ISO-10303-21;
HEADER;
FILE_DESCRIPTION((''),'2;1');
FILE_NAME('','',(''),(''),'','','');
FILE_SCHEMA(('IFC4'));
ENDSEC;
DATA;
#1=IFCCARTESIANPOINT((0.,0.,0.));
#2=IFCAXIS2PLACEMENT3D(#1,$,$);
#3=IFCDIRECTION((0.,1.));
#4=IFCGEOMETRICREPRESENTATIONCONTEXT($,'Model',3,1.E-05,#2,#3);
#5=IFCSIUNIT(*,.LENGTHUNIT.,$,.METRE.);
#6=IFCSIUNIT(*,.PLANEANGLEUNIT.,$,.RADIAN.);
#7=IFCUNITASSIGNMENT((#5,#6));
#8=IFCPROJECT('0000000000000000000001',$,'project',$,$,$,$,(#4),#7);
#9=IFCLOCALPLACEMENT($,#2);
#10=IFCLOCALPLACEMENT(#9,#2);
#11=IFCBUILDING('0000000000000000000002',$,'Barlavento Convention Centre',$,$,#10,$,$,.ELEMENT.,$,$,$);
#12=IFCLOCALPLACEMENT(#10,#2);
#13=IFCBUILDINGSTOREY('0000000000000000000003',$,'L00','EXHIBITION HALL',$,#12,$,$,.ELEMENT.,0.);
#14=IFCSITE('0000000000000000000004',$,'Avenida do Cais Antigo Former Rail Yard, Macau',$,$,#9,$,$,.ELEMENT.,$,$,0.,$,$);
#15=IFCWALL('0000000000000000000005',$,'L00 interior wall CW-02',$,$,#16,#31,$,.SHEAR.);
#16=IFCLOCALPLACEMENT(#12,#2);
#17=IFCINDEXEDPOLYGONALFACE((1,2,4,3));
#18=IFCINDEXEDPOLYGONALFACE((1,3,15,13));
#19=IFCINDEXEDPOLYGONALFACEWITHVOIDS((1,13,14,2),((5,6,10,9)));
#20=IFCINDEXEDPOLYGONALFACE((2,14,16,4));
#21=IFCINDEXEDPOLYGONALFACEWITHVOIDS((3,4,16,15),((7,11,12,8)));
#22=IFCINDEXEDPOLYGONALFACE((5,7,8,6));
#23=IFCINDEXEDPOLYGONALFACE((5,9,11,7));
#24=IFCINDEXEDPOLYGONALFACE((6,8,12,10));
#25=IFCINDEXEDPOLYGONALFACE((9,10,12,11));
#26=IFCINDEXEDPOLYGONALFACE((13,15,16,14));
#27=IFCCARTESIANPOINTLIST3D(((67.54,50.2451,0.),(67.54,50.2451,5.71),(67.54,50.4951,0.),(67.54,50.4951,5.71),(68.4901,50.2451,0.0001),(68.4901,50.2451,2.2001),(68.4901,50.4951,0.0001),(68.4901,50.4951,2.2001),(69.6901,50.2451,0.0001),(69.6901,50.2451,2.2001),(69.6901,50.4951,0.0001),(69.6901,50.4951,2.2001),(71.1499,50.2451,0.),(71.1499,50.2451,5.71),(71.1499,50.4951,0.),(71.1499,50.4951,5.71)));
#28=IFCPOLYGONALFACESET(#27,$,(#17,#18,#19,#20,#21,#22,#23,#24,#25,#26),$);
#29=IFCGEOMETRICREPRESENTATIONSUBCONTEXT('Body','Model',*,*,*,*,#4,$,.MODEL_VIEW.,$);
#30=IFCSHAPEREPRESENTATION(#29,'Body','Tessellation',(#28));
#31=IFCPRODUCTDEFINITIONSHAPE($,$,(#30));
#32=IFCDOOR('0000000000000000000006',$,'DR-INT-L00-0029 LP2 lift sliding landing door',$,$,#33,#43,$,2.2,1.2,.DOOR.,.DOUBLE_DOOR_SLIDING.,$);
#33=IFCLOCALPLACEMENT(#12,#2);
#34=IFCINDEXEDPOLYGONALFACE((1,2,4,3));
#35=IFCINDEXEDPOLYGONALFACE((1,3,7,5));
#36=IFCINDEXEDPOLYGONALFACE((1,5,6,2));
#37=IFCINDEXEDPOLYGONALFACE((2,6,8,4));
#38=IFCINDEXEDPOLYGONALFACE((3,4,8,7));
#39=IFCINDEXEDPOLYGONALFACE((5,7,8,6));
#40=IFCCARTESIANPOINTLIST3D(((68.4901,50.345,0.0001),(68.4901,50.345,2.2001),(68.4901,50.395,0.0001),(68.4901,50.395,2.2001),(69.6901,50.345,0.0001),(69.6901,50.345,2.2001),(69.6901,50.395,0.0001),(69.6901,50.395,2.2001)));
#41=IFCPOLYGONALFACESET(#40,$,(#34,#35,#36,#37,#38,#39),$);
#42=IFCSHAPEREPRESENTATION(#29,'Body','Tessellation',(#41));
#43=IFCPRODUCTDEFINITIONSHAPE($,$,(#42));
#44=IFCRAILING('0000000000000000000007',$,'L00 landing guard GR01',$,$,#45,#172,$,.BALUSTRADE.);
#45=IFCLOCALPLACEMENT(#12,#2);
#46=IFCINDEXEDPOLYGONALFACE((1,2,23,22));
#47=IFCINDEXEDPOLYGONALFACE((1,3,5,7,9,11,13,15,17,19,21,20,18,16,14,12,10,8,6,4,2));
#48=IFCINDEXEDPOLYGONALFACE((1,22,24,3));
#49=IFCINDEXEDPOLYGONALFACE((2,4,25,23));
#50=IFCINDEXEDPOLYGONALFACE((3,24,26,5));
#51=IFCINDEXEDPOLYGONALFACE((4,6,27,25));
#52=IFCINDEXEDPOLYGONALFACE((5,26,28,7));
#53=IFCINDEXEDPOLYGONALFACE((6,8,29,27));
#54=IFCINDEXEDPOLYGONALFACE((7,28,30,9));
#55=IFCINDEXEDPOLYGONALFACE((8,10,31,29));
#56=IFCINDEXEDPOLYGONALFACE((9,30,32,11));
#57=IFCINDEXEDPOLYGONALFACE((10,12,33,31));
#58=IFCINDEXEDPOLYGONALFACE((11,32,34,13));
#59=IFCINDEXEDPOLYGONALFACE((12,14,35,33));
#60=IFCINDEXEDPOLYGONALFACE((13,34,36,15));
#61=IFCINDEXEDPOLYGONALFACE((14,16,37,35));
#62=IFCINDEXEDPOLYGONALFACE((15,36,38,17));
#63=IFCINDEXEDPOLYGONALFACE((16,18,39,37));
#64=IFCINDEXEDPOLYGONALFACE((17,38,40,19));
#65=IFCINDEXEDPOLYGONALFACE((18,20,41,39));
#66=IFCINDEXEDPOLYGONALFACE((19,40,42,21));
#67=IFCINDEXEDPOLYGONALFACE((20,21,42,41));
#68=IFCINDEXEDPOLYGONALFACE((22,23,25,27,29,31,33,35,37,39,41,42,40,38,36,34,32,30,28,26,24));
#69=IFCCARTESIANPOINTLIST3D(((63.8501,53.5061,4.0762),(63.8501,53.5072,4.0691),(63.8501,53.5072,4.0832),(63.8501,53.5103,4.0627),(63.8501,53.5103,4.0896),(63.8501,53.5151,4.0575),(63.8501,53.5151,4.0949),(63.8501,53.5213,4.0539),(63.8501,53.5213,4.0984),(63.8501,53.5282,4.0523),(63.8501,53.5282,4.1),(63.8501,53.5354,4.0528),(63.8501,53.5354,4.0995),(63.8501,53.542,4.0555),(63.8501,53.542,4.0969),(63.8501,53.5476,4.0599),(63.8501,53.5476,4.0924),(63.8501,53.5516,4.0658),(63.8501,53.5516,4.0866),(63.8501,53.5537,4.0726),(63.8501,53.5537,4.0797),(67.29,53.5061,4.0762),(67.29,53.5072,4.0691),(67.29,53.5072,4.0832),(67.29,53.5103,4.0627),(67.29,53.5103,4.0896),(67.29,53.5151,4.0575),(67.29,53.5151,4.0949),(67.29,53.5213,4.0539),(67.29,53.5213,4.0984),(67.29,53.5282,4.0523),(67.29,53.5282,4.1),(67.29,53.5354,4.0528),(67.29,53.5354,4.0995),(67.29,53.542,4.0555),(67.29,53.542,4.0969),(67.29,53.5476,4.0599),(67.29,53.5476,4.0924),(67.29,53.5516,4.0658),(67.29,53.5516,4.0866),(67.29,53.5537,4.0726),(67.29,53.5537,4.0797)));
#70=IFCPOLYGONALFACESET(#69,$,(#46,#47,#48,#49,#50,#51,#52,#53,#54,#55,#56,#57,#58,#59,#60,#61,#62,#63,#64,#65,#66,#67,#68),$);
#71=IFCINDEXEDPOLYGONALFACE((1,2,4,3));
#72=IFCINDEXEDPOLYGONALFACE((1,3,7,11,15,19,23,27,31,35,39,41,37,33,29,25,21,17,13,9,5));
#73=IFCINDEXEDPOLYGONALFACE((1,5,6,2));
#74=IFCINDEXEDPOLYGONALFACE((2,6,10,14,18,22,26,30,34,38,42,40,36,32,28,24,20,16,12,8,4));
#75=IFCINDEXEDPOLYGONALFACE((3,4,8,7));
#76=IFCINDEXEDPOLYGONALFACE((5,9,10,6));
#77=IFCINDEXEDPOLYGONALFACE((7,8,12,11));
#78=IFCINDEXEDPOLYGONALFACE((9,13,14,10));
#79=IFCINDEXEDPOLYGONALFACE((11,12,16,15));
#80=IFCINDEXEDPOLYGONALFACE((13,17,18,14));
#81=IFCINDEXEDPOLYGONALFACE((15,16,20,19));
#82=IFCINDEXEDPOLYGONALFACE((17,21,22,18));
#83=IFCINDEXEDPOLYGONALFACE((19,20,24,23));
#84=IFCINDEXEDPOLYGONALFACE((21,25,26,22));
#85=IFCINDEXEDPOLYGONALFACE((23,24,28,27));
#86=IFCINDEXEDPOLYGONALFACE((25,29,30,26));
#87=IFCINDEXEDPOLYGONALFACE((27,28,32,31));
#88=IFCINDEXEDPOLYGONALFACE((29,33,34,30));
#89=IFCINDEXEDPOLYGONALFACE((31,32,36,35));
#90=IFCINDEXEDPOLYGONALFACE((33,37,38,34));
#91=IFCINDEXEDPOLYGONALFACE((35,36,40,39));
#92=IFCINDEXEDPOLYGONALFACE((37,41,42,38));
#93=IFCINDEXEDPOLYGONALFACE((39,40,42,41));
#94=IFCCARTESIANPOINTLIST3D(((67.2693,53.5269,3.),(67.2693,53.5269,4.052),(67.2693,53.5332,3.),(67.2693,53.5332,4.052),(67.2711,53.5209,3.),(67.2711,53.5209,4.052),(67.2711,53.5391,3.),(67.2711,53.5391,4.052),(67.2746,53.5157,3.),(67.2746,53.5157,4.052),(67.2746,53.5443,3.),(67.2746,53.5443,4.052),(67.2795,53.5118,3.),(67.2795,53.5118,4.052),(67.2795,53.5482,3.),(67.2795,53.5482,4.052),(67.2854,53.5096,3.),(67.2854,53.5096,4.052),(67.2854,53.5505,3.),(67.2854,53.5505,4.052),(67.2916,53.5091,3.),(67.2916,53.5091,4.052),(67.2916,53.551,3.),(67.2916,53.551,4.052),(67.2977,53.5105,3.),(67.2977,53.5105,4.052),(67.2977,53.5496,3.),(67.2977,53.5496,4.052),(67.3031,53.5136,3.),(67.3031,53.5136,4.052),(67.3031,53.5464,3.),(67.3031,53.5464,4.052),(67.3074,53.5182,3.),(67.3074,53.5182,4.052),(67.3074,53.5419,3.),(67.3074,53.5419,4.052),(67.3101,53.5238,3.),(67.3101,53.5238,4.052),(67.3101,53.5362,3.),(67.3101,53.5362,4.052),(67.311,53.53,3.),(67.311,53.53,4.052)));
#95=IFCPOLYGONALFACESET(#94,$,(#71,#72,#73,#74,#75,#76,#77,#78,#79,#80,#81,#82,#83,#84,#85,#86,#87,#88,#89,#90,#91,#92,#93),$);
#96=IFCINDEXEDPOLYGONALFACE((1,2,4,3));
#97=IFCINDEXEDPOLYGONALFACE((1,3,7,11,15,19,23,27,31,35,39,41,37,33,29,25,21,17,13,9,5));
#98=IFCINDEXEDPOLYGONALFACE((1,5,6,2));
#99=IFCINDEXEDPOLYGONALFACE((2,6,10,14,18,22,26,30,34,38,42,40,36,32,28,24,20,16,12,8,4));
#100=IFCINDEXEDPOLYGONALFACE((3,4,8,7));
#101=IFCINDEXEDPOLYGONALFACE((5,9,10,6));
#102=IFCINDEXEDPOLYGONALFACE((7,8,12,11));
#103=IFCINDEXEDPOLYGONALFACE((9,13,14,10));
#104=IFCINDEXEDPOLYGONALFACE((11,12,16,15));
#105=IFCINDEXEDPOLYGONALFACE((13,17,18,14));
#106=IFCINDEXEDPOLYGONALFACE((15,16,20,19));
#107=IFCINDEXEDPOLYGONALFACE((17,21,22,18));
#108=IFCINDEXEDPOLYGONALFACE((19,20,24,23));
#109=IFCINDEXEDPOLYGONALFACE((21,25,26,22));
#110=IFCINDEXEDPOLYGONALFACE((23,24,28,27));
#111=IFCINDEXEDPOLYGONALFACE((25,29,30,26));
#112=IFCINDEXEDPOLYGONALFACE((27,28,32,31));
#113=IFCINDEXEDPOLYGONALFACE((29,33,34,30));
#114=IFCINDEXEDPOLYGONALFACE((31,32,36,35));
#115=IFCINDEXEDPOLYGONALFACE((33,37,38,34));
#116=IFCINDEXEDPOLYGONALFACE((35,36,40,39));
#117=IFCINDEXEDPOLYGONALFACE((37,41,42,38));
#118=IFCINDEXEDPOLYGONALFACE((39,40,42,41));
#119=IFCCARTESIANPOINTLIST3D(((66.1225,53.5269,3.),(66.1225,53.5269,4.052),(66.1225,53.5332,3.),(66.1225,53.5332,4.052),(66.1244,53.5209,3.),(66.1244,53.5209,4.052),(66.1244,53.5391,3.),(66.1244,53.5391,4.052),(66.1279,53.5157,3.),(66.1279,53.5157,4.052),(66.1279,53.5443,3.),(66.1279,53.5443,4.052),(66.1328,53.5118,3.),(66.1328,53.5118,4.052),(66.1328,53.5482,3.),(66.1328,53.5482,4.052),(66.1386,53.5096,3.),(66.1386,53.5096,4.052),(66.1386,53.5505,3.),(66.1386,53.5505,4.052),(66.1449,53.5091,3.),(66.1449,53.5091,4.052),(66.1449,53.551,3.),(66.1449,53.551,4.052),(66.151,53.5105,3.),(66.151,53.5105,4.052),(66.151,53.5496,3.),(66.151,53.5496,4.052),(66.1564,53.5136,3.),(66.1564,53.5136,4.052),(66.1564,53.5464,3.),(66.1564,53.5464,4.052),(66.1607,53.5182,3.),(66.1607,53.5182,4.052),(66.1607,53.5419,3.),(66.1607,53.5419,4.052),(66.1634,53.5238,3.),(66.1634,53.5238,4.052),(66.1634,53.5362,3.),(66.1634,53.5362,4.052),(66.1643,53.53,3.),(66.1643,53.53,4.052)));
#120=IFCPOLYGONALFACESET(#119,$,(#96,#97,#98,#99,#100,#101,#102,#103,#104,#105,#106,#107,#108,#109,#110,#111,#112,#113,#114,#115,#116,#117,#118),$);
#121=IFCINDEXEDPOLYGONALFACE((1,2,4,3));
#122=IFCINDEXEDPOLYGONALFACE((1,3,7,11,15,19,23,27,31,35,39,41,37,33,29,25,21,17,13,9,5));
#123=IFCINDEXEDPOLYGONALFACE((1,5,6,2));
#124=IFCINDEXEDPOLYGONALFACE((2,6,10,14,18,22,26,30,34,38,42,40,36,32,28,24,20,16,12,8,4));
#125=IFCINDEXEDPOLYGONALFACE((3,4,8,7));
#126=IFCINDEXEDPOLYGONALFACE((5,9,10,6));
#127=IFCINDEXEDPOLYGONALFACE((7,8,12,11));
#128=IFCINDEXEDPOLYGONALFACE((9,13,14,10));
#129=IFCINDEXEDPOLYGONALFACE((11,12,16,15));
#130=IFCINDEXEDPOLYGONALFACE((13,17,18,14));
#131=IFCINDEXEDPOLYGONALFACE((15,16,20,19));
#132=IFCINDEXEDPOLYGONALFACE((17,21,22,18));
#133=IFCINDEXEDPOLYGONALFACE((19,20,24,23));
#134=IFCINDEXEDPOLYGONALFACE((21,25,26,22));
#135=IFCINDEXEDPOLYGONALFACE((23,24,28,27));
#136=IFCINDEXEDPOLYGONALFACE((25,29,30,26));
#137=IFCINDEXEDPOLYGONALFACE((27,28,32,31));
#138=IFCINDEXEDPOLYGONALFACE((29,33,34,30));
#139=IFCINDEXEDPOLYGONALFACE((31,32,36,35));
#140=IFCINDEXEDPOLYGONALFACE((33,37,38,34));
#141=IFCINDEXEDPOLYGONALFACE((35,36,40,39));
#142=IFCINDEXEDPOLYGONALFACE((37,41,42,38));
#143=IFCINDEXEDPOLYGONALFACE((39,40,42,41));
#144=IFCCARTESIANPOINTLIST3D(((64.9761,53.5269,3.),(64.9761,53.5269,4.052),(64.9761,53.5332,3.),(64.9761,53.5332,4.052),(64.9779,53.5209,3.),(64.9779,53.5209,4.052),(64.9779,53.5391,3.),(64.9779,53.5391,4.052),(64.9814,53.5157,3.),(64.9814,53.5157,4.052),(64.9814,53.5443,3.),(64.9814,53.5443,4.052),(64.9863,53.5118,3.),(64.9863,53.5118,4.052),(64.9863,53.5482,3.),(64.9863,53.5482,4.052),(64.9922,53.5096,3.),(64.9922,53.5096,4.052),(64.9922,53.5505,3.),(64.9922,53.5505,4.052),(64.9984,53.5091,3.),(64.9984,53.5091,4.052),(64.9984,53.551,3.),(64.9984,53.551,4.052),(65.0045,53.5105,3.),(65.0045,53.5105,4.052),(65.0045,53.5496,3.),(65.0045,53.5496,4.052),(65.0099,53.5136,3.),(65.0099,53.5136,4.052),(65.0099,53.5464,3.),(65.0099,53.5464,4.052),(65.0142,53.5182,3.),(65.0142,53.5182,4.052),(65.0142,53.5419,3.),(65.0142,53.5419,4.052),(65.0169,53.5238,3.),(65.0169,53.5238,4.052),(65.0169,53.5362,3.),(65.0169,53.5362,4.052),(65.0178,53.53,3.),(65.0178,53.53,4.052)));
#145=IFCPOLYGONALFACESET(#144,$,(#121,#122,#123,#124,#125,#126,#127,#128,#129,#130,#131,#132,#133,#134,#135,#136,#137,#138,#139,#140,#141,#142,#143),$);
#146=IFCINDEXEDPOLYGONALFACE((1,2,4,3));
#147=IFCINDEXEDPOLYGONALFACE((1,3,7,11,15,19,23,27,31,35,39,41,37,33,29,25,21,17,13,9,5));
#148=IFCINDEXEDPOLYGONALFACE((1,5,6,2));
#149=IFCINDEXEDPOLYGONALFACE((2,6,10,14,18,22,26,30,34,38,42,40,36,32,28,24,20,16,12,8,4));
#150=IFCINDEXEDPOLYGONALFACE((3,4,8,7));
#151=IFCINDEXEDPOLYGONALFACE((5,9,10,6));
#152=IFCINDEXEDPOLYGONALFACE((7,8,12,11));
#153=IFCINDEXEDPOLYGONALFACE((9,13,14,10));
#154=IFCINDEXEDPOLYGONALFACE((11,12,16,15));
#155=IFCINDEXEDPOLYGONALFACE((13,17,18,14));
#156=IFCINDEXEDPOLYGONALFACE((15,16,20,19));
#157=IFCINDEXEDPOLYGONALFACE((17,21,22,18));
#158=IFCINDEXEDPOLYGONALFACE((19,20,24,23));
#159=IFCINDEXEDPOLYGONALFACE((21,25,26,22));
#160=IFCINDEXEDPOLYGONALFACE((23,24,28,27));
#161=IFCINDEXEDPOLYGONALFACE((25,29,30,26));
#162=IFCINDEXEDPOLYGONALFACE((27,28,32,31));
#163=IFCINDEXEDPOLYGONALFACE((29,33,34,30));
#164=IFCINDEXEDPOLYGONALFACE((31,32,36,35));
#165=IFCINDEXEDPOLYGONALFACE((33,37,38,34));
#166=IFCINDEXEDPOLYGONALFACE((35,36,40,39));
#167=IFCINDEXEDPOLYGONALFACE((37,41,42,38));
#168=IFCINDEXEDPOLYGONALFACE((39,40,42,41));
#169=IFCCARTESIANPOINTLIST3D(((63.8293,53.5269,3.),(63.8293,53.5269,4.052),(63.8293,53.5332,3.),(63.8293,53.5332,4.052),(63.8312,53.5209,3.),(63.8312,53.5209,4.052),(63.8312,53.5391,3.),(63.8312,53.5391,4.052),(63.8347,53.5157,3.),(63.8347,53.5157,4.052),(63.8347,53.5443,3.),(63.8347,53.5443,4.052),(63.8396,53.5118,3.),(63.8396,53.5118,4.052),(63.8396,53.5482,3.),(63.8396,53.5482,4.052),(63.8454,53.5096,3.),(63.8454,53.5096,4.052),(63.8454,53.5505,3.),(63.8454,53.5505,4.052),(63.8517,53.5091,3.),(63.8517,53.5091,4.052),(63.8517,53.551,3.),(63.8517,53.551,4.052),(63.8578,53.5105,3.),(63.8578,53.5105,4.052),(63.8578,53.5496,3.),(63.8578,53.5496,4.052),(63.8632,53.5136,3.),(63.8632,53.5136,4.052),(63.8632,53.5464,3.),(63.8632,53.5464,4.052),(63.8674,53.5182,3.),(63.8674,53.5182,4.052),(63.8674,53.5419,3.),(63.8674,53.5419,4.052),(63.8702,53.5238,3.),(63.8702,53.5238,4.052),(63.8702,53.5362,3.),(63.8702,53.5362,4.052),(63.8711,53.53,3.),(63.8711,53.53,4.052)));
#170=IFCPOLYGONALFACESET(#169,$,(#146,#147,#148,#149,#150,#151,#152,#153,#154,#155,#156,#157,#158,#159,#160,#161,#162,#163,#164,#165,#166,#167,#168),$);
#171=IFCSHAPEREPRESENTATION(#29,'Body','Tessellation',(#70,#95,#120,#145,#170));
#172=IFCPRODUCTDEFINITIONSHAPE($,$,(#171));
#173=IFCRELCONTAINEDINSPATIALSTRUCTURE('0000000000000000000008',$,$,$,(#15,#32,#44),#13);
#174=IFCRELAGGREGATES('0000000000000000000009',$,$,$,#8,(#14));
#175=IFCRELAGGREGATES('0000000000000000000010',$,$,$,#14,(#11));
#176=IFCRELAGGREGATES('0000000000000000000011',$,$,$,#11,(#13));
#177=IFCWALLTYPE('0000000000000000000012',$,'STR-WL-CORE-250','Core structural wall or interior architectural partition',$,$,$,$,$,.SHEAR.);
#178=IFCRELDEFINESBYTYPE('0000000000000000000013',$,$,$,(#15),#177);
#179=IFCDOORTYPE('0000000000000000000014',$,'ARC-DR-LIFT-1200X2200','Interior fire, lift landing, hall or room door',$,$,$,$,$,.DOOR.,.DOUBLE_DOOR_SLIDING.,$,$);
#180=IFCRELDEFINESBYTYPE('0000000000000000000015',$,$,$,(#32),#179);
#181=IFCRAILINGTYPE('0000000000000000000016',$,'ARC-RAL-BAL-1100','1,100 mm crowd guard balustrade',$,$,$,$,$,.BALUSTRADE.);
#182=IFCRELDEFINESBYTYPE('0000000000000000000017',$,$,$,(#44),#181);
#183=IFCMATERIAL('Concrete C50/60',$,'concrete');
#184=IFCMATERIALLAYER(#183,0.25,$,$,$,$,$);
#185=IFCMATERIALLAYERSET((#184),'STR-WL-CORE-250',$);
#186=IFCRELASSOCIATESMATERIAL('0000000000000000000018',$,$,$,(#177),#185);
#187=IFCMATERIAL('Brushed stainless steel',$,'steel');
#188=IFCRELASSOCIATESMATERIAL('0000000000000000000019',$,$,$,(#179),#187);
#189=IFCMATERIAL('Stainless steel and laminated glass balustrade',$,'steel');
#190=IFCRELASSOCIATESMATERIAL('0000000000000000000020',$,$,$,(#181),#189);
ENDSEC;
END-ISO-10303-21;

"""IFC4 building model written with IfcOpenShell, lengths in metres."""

from ifc_helpers import new_model, si_unit, direction, frame, frame_2d, origin, origin_2d, place, context, subcontext, project, spatial, rectangle, circle, extrude, material, layer, layer_set, type_object, element, fill, save


model = new_model("IFC4")

# Units and contexts
model_context = context("Model", 3, precision=1e-05, world=origin(), true_north=direction((0.0, 1.0)))
body_context = subcontext(model_context, "Body", "Model", "MODEL_VIEW")
ifc_project = project(units=[si_unit("LENGTHUNIT", "METRE"), si_unit("PLANEANGLEUNIT", "RADIAN")], contexts=[model_context])

# Site, building, storey
site_placement = place(None, origin())
site = spatial("IfcSite", under=ifc_project, at=site_placement, Name="Avenida do Cais Antigo Former Rail Yard, Macau", CompositionType="ELEMENT", RefElevation=0.0)
building_placement = place(site_placement, origin())
building = spatial("IfcBuilding", under=site, at=building_placement, Name="Barlavento Convention Centre", CompositionType="ELEMENT")
storey_placement = place(building_placement, origin())
storey = spatial("IfcBuildingStorey", under=building, at=storey_placement, Name="L00", Description="EXHIBITION HALL", CompositionType="ELEMENT", Elevation=0.0)

# Shared definitions
ifc_material_1 = material(Name="Concrete C50/60", Category="concrete")

# Wall, opening, door
ifc_layer_1 = layer(ifc_material_1, 0.25)
ifc_layer_set_1 = layer_set([ifc_layer_1], Name="STR-WL-CORE-250")
wall_type_1 = type_object("IfcWallType", Name="STR-WL-CORE-250", Description="Core structural wall or interior architectural partition", PredefinedType="SHEAR", material=ifc_layer_set_1)
wall_1_placement = place(storey_placement, frame((67.54, 50.3701, 0.0), z_axis=(0.0, 0.0, 1.0), x_axis=(1.0, 0.0, 0.0)))
wall_1 = element("IfcWall", 1, at=wall_1_placement, inside=storey, type_object=wall_type_1, Name="L00 interior wall CW-02", PredefinedType="SHEAR", context=body_context, shape_type="SweptSolid", body=[
    extrude(rectangle(XDim=3.6099, YDim=0.25, at=frame_2d((1.8049, 0.0))), origin(), (0.0, 0.0, 1.0), 5.71),
])
opening_1_placement = place(wall_1_placement, frame((0.95, 0.0, 0.0)))
opening_1 = element("IfcOpeningElement", 2, at=opening_1_placement, cuts=wall_1, PredefinedType="OPENING", context=body_context, shape_type="SweptSolid", body=[
    extrude(rectangle(XDim=1.2, YDim=2.2, at=frame_2d((0.6001, 1.1001))), frame((0.0, 0.135, 0.0), z_axis=(0.0, -1.0, 0.0), x_axis=(1.0, 0.0, 0.0)), (0.0, 0.0, 1.0), 0.27),
])
ifc_material_2 = material(Name="Brushed stainless steel", Category="steel")
door_type_1 = type_object("IfcDoorType", Name="ARC-DR-LIFT-1200X2200", Description="Interior fire, lift landing, hall or room door", OperationType="DOUBLE_DOOR_SLIDING", PredefinedType="DOOR", material=ifc_material_2)
door_1_placement = place(opening_1_placement, origin())
door_1 = element("IfcDoor", 3, at=door_1_placement, inside=storey, type_object=door_type_1, Name="DR-INT-L00-0029 LP2 lift sliding landing door", OperationType="DOUBLE_DOOR_SLIDING", OverallHeight=2.2, OverallWidth=1.2, PredefinedType="DOOR", context=body_context, shape_type="SweptSolid", body=[
    extrude(rectangle(XDim=1.2, YDim=2.2, at=frame_2d((0.6001, 1.1001))), frame((0.0, 0.0249, 0.0), z_axis=(0.0, -1.0, 0.0), x_axis=(1.0, 0.0, 0.0)), (0.0, 0.0, 1.0), 0.05),
])
fill(opening_1, door_1)

# Railing
ifc_material_3 = material(Name="Stainless steel and laminated glass balustrade", Category="steel")
railing_type = type_object("IfcRailingType", Name="ARC-RAL-BAL-1100", Description="1,100 mm crowd guard balustrade", PredefinedType="BALUSTRADE", material=ifc_material_3)
for number, where, name in (
    (4, (67.29, 53.53, 3.0), "L00 landing guard GR01"),
):
    element("IfcRailing", number, at=place(storey_placement, frame(where)), inside=storey, type_object=railing_type, Name=name, PredefinedType="BALUSTRADE", context=body_context, shape_type="SweptSolid", body=[
        extrude(circle(Radius=0.0239, at=origin_2d()), frame((0.0, 0.0, 1.0762), z_axis=(-1.0, 0.0, 0.0), x_axis=(0.0, -1.0, 0.0)), (0.0, 0.0, 1.0), 3.4399),
        extrude(circle(Radius=0.021, at=origin_2d()), origin(), (0.0, 0.0, 1.0), 1.052),
        extrude(circle(Radius=0.021, at=origin_2d()), frame((-1.1467, 0.0, 0.0)), (0.0, 0.0, 1.0), 1.052),
        extrude(circle(Radius=0.021, at=origin_2d()), frame((-2.2932, 0.0, 0.0)), (0.0, 0.0, 1.0), 1.052),
        extrude(circle(Radius=0.021, at=origin_2d()), frame((-3.4399, 0.0, 0.0)), (0.0, 0.0, 1.0), 1.052),
    ])

save(model, "model.ifc")
